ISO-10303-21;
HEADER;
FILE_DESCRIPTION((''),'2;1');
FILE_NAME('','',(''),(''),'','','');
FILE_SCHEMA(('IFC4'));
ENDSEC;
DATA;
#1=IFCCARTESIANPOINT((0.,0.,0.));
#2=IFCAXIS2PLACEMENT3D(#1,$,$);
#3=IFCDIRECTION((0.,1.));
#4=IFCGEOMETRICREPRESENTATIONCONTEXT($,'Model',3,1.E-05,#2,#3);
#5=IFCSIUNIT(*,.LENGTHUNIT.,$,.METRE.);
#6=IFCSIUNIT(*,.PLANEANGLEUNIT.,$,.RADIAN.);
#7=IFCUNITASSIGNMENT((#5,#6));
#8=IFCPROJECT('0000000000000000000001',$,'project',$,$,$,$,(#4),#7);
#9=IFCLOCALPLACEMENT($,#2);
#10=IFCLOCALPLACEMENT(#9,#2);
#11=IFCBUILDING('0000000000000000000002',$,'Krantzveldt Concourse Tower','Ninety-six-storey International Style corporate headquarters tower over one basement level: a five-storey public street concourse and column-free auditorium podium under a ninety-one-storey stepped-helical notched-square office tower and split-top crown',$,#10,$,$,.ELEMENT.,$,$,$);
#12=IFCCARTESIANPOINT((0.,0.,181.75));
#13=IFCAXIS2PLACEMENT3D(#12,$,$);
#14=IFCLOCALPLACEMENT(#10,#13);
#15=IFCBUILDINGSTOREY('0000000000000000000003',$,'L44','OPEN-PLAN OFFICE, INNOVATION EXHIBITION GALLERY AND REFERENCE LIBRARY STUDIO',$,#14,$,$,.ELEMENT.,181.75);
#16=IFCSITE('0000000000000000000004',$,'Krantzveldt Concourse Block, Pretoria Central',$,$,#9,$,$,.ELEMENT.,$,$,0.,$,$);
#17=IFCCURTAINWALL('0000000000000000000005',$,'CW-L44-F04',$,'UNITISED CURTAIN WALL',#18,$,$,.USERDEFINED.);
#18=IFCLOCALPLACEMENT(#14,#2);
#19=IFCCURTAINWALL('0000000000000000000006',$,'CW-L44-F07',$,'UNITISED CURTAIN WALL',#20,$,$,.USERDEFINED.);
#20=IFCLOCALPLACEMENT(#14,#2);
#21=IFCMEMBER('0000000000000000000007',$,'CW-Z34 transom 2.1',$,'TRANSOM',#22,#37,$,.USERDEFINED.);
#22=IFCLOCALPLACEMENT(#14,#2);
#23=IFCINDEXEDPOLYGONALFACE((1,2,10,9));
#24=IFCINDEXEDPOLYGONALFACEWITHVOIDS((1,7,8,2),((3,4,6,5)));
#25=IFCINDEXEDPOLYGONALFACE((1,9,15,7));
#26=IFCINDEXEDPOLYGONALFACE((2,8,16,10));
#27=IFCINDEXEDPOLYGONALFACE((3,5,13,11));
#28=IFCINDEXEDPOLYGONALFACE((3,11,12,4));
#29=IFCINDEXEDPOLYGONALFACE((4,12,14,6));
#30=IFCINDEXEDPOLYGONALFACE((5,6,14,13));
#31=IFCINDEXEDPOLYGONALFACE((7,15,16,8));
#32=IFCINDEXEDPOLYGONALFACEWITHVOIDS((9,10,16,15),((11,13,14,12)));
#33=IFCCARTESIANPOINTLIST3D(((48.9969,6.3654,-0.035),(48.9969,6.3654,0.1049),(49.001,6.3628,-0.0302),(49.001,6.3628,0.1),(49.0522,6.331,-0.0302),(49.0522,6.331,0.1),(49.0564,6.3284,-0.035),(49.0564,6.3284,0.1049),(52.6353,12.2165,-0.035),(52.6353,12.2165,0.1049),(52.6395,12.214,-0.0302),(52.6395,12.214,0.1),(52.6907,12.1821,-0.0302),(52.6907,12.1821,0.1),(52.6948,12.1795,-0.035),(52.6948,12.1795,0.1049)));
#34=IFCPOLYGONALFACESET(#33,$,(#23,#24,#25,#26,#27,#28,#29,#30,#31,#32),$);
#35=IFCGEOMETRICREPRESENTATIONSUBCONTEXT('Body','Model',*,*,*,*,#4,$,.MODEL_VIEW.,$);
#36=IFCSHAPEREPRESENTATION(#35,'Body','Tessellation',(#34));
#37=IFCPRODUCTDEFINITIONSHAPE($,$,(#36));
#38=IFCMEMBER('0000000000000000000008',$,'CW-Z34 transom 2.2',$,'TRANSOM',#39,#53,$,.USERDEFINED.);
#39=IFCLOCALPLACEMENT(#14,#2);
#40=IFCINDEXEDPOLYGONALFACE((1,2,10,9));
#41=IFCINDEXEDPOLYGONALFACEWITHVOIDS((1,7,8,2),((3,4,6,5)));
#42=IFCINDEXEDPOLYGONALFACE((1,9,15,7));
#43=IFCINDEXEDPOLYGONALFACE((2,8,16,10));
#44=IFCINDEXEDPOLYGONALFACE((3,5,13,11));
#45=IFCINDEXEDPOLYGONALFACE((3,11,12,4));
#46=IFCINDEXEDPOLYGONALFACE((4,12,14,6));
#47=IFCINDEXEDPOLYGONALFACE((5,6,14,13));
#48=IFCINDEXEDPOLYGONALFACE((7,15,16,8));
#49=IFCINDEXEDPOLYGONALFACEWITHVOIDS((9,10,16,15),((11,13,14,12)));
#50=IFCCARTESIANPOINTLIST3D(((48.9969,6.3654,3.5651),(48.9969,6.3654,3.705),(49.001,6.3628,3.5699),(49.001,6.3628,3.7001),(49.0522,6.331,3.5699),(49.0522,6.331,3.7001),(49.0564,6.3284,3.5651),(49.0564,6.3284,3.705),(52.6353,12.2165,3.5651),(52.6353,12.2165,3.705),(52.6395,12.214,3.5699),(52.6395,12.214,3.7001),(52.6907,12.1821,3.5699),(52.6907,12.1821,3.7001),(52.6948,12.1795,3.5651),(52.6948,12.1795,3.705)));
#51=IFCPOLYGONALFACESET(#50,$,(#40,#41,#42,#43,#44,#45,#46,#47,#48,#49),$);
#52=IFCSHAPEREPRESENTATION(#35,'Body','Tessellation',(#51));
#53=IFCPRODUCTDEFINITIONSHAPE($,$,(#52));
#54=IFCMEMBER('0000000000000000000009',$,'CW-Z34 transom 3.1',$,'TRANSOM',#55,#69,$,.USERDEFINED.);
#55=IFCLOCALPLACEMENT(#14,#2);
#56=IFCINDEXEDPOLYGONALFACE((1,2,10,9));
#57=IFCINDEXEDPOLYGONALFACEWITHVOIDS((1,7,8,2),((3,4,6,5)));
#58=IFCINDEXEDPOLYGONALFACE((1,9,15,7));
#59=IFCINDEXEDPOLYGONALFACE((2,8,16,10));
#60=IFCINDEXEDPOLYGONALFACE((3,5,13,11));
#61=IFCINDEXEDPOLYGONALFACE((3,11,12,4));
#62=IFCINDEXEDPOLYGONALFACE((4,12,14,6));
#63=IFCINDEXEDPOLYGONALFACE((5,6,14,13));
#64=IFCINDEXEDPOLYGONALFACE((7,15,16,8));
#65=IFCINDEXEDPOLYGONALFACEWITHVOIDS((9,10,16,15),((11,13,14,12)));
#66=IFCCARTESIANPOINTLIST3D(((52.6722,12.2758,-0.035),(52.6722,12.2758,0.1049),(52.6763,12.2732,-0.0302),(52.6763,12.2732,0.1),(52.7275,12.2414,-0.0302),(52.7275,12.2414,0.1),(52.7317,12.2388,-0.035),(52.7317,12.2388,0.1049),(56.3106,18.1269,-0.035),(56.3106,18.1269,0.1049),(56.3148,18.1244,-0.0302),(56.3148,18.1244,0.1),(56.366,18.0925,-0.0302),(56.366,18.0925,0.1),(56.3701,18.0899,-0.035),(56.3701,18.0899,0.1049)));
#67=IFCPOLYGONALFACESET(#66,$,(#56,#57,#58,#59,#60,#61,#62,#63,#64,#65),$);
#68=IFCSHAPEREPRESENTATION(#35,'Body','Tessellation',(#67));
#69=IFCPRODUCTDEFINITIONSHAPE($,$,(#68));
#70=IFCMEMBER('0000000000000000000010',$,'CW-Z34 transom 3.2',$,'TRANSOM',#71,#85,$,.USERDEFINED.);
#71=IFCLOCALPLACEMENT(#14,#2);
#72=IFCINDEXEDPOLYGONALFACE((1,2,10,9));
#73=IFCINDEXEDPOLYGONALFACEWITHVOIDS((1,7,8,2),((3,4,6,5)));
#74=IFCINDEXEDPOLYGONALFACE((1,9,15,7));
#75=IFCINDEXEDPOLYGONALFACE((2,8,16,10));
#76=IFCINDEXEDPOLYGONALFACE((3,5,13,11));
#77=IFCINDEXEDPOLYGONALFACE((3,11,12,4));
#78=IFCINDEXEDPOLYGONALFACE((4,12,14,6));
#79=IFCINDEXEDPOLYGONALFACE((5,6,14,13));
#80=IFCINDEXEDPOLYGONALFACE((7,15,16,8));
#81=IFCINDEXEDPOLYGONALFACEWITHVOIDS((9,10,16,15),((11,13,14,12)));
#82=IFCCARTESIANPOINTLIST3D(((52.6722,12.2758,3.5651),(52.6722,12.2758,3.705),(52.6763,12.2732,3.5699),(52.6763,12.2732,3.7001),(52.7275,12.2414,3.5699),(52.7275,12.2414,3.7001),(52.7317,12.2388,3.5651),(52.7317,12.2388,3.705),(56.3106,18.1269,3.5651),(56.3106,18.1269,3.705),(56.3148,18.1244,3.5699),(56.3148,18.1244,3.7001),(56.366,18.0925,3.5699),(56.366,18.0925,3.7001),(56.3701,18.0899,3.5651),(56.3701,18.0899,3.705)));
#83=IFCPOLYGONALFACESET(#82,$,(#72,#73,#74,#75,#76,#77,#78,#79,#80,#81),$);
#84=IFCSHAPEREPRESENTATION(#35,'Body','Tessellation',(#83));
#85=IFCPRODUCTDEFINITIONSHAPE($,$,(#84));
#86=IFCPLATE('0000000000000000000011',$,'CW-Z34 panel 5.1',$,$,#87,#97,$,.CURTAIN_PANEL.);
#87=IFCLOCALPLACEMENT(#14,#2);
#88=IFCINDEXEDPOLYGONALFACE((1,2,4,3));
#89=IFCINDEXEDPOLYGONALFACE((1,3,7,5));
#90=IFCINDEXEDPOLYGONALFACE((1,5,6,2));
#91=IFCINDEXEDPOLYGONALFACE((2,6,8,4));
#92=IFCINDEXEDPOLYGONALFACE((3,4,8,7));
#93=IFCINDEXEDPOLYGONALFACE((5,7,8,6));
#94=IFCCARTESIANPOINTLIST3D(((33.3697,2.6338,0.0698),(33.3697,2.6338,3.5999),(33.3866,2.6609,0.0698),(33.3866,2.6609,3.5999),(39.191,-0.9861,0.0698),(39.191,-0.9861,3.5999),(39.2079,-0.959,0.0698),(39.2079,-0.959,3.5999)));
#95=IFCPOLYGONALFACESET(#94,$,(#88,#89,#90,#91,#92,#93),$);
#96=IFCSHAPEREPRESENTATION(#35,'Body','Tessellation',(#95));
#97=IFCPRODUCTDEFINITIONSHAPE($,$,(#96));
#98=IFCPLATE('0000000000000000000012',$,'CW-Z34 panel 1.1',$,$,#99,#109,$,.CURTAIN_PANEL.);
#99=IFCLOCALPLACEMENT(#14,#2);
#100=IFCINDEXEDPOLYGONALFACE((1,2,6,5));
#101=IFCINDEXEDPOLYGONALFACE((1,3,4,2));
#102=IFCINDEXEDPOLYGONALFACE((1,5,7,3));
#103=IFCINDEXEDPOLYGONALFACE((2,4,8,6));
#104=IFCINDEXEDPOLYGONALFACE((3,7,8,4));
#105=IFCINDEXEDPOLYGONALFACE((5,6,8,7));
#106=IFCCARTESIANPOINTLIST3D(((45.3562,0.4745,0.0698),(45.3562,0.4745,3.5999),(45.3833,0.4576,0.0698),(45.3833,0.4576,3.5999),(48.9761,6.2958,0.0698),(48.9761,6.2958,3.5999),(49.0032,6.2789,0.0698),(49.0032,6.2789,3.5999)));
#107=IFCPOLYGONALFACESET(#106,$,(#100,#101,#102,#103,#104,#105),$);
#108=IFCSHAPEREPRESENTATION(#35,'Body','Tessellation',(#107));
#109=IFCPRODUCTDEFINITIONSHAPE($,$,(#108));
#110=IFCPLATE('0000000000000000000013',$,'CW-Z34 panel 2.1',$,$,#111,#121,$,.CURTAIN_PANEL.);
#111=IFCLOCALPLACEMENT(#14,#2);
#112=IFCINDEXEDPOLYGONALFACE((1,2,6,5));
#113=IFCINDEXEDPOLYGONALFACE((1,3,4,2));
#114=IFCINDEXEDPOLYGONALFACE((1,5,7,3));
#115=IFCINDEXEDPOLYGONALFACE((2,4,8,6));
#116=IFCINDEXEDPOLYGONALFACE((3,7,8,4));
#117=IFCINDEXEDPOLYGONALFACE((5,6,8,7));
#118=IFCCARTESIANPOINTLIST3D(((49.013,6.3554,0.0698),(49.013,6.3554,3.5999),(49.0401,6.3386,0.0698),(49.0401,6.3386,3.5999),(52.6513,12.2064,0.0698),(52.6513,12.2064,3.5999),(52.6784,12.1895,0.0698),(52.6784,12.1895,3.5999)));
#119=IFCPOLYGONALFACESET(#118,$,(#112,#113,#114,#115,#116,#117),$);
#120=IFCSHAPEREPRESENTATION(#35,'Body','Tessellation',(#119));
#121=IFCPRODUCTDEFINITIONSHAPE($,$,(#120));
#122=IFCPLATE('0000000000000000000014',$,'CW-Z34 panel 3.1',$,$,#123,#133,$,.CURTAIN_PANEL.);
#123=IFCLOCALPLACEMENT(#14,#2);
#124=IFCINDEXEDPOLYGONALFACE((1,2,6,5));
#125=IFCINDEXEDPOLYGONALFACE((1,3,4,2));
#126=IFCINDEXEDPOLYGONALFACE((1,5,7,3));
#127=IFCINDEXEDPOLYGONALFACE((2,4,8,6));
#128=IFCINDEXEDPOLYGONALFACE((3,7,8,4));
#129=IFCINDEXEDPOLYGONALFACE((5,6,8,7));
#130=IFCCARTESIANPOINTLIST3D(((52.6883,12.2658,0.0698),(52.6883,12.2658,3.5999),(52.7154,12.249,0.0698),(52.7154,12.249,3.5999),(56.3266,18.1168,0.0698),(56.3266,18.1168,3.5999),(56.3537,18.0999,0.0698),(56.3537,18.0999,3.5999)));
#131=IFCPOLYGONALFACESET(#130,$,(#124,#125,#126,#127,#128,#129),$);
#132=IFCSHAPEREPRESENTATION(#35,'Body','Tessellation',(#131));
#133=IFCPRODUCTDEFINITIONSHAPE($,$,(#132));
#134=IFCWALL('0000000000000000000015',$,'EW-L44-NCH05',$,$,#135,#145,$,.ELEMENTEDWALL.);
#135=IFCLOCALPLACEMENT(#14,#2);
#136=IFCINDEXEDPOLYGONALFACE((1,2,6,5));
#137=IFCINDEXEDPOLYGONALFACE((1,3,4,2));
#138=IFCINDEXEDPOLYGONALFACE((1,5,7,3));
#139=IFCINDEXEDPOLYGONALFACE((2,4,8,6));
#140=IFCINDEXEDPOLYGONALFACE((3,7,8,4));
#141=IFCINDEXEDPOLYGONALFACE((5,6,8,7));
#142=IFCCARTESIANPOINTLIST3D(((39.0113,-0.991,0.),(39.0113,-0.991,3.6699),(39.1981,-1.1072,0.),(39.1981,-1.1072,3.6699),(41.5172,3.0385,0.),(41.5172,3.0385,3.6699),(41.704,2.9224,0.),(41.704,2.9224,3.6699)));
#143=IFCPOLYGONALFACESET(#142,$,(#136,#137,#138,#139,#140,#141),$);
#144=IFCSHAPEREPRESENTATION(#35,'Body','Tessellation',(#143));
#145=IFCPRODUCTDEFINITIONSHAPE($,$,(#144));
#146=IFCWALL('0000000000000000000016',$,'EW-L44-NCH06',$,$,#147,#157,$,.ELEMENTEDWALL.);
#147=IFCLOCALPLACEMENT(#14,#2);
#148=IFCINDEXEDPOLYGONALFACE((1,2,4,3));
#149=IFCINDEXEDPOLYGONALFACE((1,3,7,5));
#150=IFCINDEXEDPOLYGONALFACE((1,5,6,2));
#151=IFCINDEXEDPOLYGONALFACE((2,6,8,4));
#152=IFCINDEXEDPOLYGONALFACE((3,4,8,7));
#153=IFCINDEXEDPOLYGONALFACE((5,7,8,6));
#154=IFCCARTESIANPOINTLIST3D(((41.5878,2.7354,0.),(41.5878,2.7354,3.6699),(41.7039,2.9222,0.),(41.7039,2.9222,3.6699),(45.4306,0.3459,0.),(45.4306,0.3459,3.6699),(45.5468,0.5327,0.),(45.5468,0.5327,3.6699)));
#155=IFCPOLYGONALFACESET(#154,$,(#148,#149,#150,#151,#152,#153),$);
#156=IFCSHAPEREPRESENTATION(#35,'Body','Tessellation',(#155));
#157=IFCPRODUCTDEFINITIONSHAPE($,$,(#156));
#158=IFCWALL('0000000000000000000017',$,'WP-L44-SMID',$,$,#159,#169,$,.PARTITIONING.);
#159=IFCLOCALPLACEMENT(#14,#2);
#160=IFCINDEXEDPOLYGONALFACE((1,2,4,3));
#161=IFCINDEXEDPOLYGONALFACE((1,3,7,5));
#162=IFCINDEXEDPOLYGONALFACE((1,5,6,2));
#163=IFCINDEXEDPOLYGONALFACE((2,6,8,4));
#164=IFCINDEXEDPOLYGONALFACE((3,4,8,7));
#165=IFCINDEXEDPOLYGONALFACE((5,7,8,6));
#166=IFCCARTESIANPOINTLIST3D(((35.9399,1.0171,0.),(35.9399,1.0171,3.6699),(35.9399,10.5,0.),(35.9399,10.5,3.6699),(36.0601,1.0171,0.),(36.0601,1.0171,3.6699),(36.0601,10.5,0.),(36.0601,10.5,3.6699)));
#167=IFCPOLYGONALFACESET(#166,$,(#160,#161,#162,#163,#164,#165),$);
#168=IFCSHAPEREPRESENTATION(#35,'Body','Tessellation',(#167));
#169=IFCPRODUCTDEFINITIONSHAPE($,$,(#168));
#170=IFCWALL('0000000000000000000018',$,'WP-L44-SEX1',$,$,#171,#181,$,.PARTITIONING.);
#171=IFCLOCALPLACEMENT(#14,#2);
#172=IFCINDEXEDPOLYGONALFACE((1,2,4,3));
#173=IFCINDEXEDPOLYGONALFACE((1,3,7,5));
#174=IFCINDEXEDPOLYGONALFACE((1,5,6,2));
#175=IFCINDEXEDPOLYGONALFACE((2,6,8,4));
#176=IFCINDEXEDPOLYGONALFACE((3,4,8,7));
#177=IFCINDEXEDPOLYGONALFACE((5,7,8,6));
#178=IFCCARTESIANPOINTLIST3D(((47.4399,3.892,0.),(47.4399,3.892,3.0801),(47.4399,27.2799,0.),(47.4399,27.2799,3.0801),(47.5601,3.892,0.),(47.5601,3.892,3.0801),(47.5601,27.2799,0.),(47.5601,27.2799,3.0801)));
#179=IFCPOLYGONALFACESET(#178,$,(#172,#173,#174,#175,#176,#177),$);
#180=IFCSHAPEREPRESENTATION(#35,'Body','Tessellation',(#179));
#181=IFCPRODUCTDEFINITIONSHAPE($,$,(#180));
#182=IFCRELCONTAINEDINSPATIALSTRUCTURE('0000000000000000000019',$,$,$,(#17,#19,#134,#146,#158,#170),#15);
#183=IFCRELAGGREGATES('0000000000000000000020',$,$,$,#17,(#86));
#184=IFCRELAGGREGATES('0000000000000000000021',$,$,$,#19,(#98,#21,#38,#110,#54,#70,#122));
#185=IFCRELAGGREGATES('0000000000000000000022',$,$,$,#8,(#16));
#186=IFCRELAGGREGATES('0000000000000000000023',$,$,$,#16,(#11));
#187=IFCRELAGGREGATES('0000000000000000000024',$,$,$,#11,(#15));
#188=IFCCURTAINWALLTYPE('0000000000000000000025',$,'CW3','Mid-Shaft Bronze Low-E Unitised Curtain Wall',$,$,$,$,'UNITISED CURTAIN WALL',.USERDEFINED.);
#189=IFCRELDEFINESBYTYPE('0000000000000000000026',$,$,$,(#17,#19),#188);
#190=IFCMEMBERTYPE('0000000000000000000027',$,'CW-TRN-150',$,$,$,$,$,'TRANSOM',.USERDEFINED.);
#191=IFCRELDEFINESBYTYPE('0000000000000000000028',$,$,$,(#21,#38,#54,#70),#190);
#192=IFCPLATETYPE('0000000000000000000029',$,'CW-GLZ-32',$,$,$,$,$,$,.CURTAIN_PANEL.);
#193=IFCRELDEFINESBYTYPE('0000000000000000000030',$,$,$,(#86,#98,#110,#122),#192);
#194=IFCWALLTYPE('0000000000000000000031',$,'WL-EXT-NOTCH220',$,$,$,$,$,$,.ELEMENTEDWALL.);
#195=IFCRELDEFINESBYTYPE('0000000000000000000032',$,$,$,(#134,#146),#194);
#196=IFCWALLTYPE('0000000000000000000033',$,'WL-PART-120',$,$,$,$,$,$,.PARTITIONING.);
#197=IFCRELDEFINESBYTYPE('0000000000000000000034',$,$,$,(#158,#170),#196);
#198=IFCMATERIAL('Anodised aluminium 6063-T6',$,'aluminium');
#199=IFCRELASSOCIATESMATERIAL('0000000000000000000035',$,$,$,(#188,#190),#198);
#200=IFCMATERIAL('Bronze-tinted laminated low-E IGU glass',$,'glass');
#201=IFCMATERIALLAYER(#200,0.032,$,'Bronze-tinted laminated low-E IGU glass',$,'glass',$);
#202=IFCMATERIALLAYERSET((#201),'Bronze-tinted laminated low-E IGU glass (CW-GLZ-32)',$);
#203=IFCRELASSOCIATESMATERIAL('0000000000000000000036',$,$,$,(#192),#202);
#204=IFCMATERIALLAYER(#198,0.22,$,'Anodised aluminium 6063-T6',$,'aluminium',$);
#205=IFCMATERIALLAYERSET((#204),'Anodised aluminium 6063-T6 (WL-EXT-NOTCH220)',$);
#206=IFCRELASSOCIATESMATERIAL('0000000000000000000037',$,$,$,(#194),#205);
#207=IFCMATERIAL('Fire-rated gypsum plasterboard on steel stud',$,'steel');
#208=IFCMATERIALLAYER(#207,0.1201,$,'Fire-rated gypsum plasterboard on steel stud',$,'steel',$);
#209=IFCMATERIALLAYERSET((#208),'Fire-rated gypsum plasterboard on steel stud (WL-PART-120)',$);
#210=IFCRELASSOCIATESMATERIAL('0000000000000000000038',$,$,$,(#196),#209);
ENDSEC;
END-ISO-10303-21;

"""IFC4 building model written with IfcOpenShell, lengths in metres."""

from ifc_helpers import new_model, si_unit, direction, frame, frame_2d, origin, origin_2d, place, context, subcontext, project, spatial, rectangle, hollow_rectangle, extrude, source, transform, mapped, material, layer, layer_set, material_profile, profile_set, type_object, type_shapes, element, aggregate, save


model = new_model("IFC4")

# Units and contexts
model_context = context("Model", 3, precision=1e-05, world=origin(), true_north=direction((0.0, 1.0)))
body_context = subcontext(model_context, "Body", "Model", "MODEL_VIEW")
ifc_project = project(units=[si_unit("LENGTHUNIT", "METRE"), si_unit("PLANEANGLEUNIT", "RADIAN")], contexts=[model_context])

# Site, building, storey
site_placement = place(None, origin())
site = spatial("IfcSite", under=ifc_project, at=site_placement, Name="Krantzveldt Concourse Block, Pretoria Central", CompositionType="ELEMENT", RefElevation=0.0)
building_placement = place(site_placement, origin())
building = spatial("IfcBuilding", under=site, at=building_placement, Name="Krantzveldt Concourse Tower", Description="Ninety-six-storey International Style corporate headquarters tower over one basement level: a five-storey public street concourse and column-free auditorium podium under a ninety-one-storey stepped-helical notched-square office tower and split-top crown", CompositionType="ELEMENT")
storey_placement = place(building_placement, frame((0.0, 0.0, 181.75)))
storey = spatial("IfcBuildingStorey", under=building, at=storey_placement, Name="L44", Description="OPEN-PLAN OFFICE, INNOVATION EXHIBITION GALLERY AND REFERENCE LIBRARY STUDIO", CompositionType="ELEMENT", Elevation=181.75)

# Curtain wall
ifc_material_1 = material(Name="Anodised aluminium 6063-T6", Category="aluminium")
curtain_wall_type = type_object("IfcCurtainWallType", Name="CW3", Description="Mid-Shaft Bronze Low-E Unitised Curtain Wall", ElementType="UNITISED CURTAIN WALL", PredefinedType="USERDEFINED", material=ifc_material_1)
curtain_wall_1_placement = place(storey_placement, origin())
curtain_wall_1 = element("IfcCurtainWall", 1, at=curtain_wall_1_placement, inside=storey, type_object=curtain_wall_type, Name="CW-L44-F04", ObjectType="UNITISED CURTAIN WALL", PredefinedType="USERDEFINED")

# Curtain wall, members
curtain_wall_2_placement = place(storey_placement, origin())
curtain_wall_2 = element("IfcCurtainWall", 2, at=curtain_wall_2_placement, inside=storey, type_object=curtain_wall_type, Name="CW-L44-F07", ObjectType="UNITISED CURTAIN WALL", PredefinedType="USERDEFINED")
ifc_material_profile_1 = material_profile(ifc_material_1, hollow_rectangle(XDim=0.0701, YDim=0.1399, WallThickness=0.0049, at=origin_2d()), Name="Anodised aluminium 6063-T6", Category="aluminium")
ifc_profile_set_1 = profile_set([ifc_material_profile_1], Name="Anodised aluminium 6063-T6 - ALU-TRAN 140x70x5")
member_type_1 = type_object("IfcMemberType", Name="CW-TRN-150", ElementType="TRANSOM", PredefinedType="USERDEFINED", material=ifc_profile_set_1)
shared_shape_1 = source(origin(), body_context, "Body", "SweptSolid", [
    extrude(hollow_rectangle(XDim=0.0701, YDim=0.1399, WallThickness=0.0049, at=origin_2d()), origin(), (0.0, 0.0, 1.0), 6.8901),
])
member_1_placement = place(storey_placement, frame((49.0266, 6.3469, 0.0349), z_axis=(0.528067, 0.849202, 0.0), x_axis=(-0.849202, 0.528067, 0.0)))
member_1 = element("IfcMember", 3, at=member_1_placement, type_object=member_type_1, Name="CW-Z34 transom 2.1", ObjectType="TRANSOM", PredefinedType="USERDEFINED", context=body_context, shape_type="MappedRepresentation", body=[
    mapped(shared_shape_1, transform((0.0, 0.0, 0.0), x_axis=(1.0, 0.0, 0.0), y_axis=(0.0, 1.0, 0.0), z_axis=(0.0, 0.0, 1.0), scale=1.0)),
])
member_2_placement = place(storey_placement, frame((49.0266, 6.3469, 3.635), z_axis=(0.528067, 0.849202, 0.0), x_axis=(-0.849202, 0.528067, 0.0)))
member_2 = element("IfcMember", 4, at=member_2_placement, type_object=member_type_1, Name="CW-Z34 transom 2.2", ObjectType="TRANSOM", PredefinedType="USERDEFINED", context=body_context, shape_type="MappedRepresentation", body=[
    mapped(shared_shape_1, transform((0.0, 0.0, 0.0), x_axis=(1.0, 0.0, 0.0), y_axis=(0.0, 1.0, 0.0), z_axis=(0.0, 0.0, 1.0), scale=1.0)),
])
member_3_placement = place(storey_placement, frame((52.7019, 12.2573, 0.0349), z_axis=(0.528067, 0.849202, 0.0), x_axis=(-0.849202, 0.528067, 0.0)))
member_3 = element("IfcMember", 5, at=member_3_placement, type_object=member_type_1, Name="CW-Z34 transom 3.1", ObjectType="TRANSOM", PredefinedType="USERDEFINED", context=body_context, shape_type="MappedRepresentation", body=[
    mapped(shared_shape_1, transform((0.0, 0.0, 0.0), x_axis=(1.0, 0.0, 0.0), y_axis=(0.0, 1.0, 0.0), z_axis=(0.0, 0.0, 1.0), scale=1.0)),
])
member_4_placement = place(storey_placement, frame((52.7019, 12.2573, 3.635), z_axis=(0.528067, 0.849202, 0.0), x_axis=(-0.849202, 0.528067, 0.0)))
member_4 = element("IfcMember", 6, at=member_4_placement, type_object=member_type_1, Name="CW-Z34 transom 3.2", ObjectType="TRANSOM", PredefinedType="USERDEFINED", context=body_context, shape_type="MappedRepresentation", body=[
    mapped(shared_shape_1, transform((0.0, 0.0, 0.0), x_axis=(1.0, 0.0, 0.0), y_axis=(0.0, 1.0, 0.0), z_axis=(0.0, 0.0, 1.0), scale=1.0)),
])

# Plates
ifc_material_2 = material(Name="Bronze-tinted laminated low-E IGU glass", Category="glass")
ifc_layer_1 = layer(ifc_material_2, 0.032, Name="Bronze-tinted laminated low-E IGU glass", Category="glass")
ifc_layer_set_1 = layer_set([ifc_layer_1], Name="Bronze-tinted laminated low-E IGU glass (CW-GLZ-32)")
plate_type = type_object("IfcPlateType", Name="CW-GLZ-32", PredefinedType="CURTAIN_PANEL", material=ifc_layer_set_1)
shared_shape_2 = source(origin(), body_context, "Body", "SweptSolid", [
    extrude(rectangle(XDim=6.855, YDim=0.032, at=origin_2d()), origin(), (0.0, 0.0, 1.0), 3.53),
])
plate_1_placement = place(storey_placement, frame((36.2888, 0.8374, 0.0698), z_axis=(0.0, 0.0, 1.0), x_axis=(0.849202, -0.528068, 0.0)))
plate_1 = element("IfcPlate", 7, at=plate_1_placement, type_object=plate_type, Name="CW-Z34 panel 5.1", PredefinedType="CURTAIN_PANEL", context=body_context, shape_type="MappedRepresentation", body=[
    mapped(shared_shape_2, transform((0.0, 0.0, 0.0), x_axis=(1.0, 0.0, 0.0), y_axis=(0.0, 1.0, 0.0), z_axis=(0.0, 0.0, 1.0), scale=1.0)),
])
aggregate(curtain_wall_1, [plate_1])
plate_2_placement = place(storey_placement, frame((47.1797, 3.3767, 0.0698), z_axis=(0.0, 0.0, 1.0), x_axis=(0.528068, 0.849202, 0.0)))
plate_2 = element("IfcPlate", 8, at=plate_2_placement, type_object=plate_type, Name="CW-Z34 panel 1.1", PredefinedType="CURTAIN_PANEL", context=body_context, shape_type="MappedRepresentation", body=[
    mapped(shared_shape_2, transform((0.0, 0.0, 0.0), x_axis=(1.0, 0.0, 0.0), y_axis=(0.0, 1.0, 0.0), z_axis=(0.0, 0.0, 1.0), scale=1.0)),
])
shared_shape_3 = source(origin(), body_context, "Body", "SweptSolid", [
    extrude(rectangle(XDim=6.8899, YDim=0.032, at=origin_2d()), origin(), (0.0, 0.0, 1.0), 3.53),
])
type_shapes(plate_type, [shared_shape_2, shared_shape_3])
plate_3_placement = place(storey_placement, frame((50.8457, 9.2725, 0.0698), z_axis=(0.0, 0.0, 1.0), x_axis=(0.528068, 0.849202, 0.0)))
plate_3 = element("IfcPlate", 9, at=plate_3_placement, type_object=plate_type, Name="CW-Z34 panel 2.1", PredefinedType="CURTAIN_PANEL", context=body_context, shape_type="MappedRepresentation", body=[
    mapped(shared_shape_3, transform((0.0, 0.0, 0.0), x_axis=(1.0, 0.0, 0.0), y_axis=(0.0, 1.0, 0.0), z_axis=(0.0, 0.0, 1.0), scale=1.0)),
])
plate_4_placement = place(storey_placement, frame((54.521, 15.1829, 0.0698), z_axis=(0.0, 0.0, 1.0), x_axis=(0.528068, 0.849202, 0.0)))
plate_4 = element("IfcPlate", 10, at=plate_4_placement, type_object=plate_type, Name="CW-Z34 panel 3.1", PredefinedType="CURTAIN_PANEL", context=body_context, shape_type="MappedRepresentation", body=[
    mapped(shared_shape_3, transform((0.0, 0.0, 0.0), x_axis=(1.0, 0.0, 0.0), y_axis=(0.0, 1.0, 0.0), z_axis=(0.0, 0.0, 1.0), scale=1.0)),
])
aggregate(curtain_wall_2, [plate_2, member_1, member_2, plate_3, member_3, member_4, plate_4])

# Walls
ifc_layer_2 = layer(ifc_material_1, 0.22, Name="Anodised aluminium 6063-T6", Category="aluminium")
ifc_layer_set_2 = layer_set([ifc_layer_2], Name="Anodised aluminium 6063-T6 (WL-EXT-NOTCH220)")
wall_type_1 = type_object("IfcWallType", Name="WL-EXT-NOTCH220", PredefinedType="ELEMENTEDWALL", material=ifc_layer_set_2)
wall_1_placement = place(storey_placement, frame((39.1047, -1.0491, 0.0), z_axis=(0.0, 0.0, 1.0), x_axis=(0.528088, 0.84919, 0.0)))
element("IfcWall", 11, at=wall_1_placement, inside=storey, type_object=wall_type_1, Name="EW-L44-NCH05", PredefinedType="ELEMENTEDWALL", context=body_context, shape_type="SweptSolid", body=[
    extrude(rectangle(XDim=4.7451, YDim=0.22, at=frame_2d((2.3726, 0.0))), origin(), (0.0, 0.0, 1.0), 3.6699),
])
wall_2_placement = place(storey_placement, frame((41.6458, 2.8289, 0.0), z_axis=(0.0, 0.0, 1.0), x_axis=(0.849221, -0.528038, 0.0)))
element("IfcWall", 12, at=wall_2_placement, inside=storey, type_object=wall_type_1, Name="EW-L44-NCH06", PredefinedType="ELEMENTEDWALL", context=body_context, shape_type="SweptSolid", body=[
    extrude(rectangle(XDim=4.5251, YDim=0.22, at=frame_2d((2.2627, 0.0))), origin(), (0.0, 0.0, 1.0), 3.6699),
])
ifc_material_3 = material(Name="Fire-rated gypsum plasterboard on steel stud", Category="steel")
ifc_layer_3 = layer(ifc_material_3, 0.1201, Name="Fire-rated gypsum plasterboard on steel stud", Category="steel")
ifc_layer_set_3 = layer_set([ifc_layer_3], Name="Fire-rated gypsum plasterboard on steel stud (WL-PART-120)")
wall_type_2 = type_object("IfcWallType", Name="WL-PART-120", PredefinedType="PARTITIONING", material=ifc_layer_set_3)
wall_3_placement = place(storey_placement, frame((36.0, 1.0171, 0.0), z_axis=(0.0, 0.0, 1.0), x_axis=(0.0, 1.0, 0.0)))
element("IfcWall", 13, at=wall_3_placement, inside=storey, type_object=wall_type_2, Name="WP-L44-SMID", PredefinedType="PARTITIONING", context=body_context, shape_type="SweptSolid", body=[
    extrude(rectangle(XDim=9.4829, YDim=0.1201, at=frame_2d((4.7415, 0.0))), origin(), (0.0, 0.0, 1.0), 3.6699),
])
wall_4_placement = place(storey_placement, frame((47.5, 3.8921, 0.0), z_axis=(0.0, 0.0, 1.0), x_axis=(0.0, 1.0, 0.0)))
element("IfcWall", 14, at=wall_4_placement, inside=storey, type_object=wall_type_2, Name="WP-L44-SEX1", PredefinedType="PARTITIONING", context=body_context, shape_type="SweptSolid", body=[
    extrude(rectangle(XDim=23.3879, YDim=0.1201, at=frame_2d((11.6938, 0.0))), origin(), (0.0, 0.0, 1.0), 3.0801),
])

save(model, "model.ifc")
